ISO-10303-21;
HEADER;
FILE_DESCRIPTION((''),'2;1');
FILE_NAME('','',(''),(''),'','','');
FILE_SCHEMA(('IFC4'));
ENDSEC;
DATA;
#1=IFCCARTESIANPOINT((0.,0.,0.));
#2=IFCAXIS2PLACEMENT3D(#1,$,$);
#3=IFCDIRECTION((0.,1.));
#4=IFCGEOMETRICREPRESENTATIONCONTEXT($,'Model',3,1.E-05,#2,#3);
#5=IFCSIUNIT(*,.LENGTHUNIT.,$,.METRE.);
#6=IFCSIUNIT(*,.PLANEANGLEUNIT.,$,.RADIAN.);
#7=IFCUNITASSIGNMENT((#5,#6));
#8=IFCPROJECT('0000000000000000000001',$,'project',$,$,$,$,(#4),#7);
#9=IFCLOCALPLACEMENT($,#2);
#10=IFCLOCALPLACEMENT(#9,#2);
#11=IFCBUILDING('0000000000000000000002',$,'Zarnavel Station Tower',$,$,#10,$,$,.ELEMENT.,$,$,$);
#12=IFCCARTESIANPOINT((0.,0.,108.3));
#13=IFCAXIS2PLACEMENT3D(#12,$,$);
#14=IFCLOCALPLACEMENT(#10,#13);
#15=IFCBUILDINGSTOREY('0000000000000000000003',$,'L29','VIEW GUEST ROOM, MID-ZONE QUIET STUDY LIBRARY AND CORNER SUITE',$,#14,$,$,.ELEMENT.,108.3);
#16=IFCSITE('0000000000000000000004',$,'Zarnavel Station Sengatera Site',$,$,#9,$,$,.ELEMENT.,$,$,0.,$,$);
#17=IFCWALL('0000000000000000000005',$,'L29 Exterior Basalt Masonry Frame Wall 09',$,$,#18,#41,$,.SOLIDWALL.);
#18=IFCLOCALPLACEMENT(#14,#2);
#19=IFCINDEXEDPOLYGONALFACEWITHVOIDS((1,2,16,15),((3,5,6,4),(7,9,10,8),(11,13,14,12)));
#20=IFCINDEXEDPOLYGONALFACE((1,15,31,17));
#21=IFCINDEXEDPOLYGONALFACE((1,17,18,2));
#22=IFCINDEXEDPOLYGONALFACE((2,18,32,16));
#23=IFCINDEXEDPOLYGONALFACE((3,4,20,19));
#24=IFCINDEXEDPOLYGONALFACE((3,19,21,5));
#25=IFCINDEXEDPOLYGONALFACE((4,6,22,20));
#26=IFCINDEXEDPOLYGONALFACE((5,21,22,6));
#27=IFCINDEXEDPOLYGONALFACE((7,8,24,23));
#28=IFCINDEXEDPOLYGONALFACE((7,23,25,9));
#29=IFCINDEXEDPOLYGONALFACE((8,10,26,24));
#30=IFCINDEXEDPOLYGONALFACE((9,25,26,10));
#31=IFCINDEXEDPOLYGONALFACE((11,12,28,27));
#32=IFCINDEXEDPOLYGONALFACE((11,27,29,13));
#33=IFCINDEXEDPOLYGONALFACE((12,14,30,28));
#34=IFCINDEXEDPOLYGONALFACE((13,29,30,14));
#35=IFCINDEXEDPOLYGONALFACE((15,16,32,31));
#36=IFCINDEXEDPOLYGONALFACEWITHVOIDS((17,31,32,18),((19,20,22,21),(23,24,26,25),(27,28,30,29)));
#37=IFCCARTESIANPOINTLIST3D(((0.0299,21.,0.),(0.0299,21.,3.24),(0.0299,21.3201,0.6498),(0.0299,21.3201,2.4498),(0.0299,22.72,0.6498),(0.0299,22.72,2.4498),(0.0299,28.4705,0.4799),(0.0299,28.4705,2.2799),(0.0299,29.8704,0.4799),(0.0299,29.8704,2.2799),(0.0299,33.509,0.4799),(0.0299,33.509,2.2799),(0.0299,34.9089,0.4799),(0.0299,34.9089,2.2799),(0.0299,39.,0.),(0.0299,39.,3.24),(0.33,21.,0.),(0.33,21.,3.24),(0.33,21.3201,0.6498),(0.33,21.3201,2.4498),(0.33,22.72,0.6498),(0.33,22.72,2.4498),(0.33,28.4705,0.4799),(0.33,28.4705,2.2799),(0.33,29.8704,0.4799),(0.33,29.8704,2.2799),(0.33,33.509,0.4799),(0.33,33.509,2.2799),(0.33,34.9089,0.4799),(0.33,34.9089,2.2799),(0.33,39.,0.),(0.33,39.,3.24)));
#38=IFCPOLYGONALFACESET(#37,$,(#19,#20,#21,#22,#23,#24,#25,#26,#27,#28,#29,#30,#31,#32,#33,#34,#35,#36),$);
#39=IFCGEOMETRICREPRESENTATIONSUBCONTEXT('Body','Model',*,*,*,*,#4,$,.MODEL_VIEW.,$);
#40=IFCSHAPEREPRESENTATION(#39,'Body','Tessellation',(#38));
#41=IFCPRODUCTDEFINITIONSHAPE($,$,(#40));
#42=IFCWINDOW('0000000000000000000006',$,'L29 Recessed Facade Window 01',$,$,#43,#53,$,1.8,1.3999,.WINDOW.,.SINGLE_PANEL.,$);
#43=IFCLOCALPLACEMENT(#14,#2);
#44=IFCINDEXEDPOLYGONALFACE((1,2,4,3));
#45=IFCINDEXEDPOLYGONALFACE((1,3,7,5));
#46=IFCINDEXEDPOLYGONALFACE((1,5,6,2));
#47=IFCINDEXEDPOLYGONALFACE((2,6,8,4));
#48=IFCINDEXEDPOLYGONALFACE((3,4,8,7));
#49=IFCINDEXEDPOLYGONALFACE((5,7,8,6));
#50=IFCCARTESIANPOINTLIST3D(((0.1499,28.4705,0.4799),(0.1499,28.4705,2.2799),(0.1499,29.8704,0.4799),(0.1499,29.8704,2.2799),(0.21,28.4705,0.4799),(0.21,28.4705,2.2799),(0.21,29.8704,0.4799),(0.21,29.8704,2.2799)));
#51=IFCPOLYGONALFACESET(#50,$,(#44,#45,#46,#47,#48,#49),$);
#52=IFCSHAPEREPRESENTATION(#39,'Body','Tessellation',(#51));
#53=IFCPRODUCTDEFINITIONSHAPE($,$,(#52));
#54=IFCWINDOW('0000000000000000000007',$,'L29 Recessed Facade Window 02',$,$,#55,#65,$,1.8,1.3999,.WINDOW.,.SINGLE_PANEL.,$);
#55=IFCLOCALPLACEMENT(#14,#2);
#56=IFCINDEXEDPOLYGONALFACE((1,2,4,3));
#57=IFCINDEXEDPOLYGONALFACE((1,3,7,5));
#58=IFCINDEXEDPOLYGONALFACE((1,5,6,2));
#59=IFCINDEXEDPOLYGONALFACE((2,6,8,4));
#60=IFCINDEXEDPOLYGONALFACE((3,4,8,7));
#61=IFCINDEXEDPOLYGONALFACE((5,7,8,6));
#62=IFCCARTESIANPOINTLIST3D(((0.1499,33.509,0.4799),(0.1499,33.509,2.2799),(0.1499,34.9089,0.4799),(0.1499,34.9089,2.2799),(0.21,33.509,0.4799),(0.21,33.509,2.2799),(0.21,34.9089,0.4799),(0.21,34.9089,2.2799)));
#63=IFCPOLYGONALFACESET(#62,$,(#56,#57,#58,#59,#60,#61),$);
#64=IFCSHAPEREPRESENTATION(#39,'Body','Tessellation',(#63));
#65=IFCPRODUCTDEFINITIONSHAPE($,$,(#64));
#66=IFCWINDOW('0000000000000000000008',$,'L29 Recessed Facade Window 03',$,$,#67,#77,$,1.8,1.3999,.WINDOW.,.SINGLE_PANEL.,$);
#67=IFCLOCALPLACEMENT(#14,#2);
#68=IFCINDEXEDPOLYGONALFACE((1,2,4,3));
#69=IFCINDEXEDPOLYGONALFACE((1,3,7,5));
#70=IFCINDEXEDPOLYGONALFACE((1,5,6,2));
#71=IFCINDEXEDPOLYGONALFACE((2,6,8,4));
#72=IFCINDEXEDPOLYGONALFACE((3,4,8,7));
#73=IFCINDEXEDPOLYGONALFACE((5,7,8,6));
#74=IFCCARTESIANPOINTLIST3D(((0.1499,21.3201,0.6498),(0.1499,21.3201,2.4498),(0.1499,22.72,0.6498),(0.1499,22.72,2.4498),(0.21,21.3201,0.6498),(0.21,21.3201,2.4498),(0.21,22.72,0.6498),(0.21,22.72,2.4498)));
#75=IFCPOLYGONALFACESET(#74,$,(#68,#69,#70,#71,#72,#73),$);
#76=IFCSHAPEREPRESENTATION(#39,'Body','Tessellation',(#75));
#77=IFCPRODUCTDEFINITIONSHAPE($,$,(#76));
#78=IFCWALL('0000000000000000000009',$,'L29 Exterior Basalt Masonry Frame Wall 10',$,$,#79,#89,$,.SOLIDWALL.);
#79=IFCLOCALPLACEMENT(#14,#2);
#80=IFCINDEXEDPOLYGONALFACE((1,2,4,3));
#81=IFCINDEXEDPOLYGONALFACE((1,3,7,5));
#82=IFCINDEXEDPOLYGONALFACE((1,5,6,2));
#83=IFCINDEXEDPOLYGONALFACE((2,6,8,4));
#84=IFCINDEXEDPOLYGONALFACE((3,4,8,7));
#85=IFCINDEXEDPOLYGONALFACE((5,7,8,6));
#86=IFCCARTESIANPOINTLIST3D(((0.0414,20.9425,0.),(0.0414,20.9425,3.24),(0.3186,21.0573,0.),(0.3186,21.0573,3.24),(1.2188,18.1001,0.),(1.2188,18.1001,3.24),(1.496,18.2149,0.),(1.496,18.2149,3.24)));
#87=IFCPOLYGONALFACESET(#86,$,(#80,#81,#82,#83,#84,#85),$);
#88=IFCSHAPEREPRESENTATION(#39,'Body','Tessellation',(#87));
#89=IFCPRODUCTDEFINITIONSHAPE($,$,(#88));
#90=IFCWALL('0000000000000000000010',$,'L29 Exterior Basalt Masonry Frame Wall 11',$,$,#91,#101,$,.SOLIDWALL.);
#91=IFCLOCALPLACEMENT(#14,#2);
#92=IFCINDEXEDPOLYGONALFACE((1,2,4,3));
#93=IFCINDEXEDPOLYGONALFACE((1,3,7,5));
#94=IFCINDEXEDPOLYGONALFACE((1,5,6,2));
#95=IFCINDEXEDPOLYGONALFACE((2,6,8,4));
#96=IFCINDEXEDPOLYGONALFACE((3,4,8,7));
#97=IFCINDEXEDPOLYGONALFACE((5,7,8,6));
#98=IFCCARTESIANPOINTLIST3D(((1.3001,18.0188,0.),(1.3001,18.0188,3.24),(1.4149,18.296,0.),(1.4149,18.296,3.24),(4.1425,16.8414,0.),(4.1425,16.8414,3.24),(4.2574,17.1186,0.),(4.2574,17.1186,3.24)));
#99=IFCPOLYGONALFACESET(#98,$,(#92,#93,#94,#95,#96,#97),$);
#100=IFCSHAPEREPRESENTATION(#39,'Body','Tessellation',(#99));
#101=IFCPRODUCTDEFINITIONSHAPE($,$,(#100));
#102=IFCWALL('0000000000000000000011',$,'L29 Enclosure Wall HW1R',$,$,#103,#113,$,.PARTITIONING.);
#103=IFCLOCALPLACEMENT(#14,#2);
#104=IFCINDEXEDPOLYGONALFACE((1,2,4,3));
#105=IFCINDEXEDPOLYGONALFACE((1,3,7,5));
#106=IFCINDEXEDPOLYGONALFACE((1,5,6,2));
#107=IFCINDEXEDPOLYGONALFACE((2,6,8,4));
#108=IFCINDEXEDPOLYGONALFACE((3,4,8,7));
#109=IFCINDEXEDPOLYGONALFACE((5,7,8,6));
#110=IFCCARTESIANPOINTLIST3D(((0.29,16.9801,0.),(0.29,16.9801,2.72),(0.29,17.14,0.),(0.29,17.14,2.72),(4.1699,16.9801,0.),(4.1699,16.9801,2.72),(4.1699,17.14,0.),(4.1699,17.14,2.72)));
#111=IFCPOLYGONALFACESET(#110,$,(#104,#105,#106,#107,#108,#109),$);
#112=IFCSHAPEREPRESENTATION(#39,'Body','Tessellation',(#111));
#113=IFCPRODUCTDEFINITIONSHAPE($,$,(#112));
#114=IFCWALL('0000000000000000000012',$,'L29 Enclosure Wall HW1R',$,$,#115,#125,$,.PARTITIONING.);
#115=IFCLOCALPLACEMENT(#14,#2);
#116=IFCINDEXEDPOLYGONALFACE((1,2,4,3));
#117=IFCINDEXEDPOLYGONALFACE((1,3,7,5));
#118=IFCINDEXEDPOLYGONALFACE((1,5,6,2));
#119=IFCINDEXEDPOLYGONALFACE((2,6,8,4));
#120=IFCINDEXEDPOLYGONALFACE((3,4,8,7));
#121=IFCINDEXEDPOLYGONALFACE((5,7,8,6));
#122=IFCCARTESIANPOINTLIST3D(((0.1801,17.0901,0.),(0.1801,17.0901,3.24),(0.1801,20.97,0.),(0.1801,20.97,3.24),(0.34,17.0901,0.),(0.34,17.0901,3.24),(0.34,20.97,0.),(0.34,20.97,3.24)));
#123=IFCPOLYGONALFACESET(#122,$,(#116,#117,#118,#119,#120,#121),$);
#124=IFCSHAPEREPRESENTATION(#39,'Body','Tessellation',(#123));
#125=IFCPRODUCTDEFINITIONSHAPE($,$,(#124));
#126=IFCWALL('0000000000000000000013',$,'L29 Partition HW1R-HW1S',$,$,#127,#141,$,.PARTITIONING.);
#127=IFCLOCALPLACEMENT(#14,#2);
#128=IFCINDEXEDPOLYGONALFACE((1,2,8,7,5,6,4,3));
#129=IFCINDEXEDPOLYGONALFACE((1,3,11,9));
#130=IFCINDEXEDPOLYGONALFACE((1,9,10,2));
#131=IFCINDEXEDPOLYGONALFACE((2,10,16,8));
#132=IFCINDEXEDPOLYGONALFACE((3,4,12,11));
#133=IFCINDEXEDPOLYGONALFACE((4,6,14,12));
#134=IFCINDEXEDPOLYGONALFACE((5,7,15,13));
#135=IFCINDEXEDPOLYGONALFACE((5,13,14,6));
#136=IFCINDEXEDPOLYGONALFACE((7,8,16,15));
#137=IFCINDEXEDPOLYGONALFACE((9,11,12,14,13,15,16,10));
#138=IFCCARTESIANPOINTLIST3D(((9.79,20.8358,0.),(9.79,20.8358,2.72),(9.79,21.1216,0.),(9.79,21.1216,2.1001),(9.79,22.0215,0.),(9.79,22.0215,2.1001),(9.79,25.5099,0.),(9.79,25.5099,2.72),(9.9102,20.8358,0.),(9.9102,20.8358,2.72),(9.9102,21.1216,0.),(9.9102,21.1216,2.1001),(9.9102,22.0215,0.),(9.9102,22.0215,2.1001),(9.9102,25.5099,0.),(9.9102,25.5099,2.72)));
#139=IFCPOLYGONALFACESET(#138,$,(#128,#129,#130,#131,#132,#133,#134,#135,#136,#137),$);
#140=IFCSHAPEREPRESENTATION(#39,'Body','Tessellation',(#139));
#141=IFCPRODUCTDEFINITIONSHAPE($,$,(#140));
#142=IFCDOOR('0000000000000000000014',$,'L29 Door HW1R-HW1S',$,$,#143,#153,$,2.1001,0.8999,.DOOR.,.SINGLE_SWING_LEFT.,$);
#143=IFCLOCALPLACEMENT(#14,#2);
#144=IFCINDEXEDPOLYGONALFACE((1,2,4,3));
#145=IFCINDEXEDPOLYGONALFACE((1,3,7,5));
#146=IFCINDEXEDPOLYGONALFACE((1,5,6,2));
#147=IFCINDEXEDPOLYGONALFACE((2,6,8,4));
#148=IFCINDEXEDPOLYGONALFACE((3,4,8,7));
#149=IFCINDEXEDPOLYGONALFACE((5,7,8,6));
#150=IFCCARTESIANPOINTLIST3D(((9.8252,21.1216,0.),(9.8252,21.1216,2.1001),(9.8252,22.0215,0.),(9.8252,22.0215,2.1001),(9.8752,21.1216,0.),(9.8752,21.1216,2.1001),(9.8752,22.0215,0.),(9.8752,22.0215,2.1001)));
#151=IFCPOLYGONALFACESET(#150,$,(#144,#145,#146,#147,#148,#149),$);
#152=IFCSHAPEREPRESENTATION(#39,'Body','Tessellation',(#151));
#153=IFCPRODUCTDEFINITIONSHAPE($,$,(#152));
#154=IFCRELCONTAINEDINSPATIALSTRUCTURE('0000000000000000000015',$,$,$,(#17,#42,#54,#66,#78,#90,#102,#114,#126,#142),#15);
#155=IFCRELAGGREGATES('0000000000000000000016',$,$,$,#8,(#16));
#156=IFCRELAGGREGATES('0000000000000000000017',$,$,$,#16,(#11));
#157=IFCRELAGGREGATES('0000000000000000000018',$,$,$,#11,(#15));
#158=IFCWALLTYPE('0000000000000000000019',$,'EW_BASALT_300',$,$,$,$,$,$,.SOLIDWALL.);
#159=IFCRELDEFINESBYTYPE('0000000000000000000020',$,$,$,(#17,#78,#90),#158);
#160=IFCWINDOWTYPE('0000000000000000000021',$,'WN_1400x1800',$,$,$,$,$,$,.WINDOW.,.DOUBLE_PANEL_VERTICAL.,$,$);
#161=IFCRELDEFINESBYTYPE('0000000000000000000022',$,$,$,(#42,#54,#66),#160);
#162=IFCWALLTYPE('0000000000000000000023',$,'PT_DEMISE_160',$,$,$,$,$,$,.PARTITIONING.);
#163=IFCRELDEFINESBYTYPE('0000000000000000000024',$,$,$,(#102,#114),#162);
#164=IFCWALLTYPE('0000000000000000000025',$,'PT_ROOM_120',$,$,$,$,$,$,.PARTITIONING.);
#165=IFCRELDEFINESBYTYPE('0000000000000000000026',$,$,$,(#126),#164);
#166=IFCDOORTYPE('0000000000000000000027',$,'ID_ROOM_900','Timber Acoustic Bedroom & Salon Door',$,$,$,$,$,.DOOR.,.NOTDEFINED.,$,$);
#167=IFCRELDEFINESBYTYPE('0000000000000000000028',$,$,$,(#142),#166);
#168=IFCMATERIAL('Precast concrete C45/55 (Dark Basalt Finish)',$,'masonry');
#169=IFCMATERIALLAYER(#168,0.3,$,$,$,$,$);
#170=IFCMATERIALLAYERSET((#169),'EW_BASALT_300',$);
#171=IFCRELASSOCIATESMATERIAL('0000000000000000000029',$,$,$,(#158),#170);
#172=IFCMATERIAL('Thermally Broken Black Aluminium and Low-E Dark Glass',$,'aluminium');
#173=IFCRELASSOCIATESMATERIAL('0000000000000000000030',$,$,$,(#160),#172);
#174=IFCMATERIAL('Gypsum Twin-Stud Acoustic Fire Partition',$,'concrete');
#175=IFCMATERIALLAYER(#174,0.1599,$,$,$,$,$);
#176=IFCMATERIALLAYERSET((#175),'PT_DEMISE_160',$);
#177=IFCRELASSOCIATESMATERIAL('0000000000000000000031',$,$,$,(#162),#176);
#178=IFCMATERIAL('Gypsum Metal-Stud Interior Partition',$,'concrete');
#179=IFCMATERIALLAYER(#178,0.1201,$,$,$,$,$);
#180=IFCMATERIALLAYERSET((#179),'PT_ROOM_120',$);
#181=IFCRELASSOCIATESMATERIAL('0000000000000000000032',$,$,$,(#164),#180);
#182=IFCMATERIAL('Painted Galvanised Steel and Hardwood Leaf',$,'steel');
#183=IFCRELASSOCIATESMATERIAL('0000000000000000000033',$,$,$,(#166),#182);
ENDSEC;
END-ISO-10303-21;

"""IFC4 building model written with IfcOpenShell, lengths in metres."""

from ifc_helpers import new_model, si_unit, direction, frame, frame_2d, origin, place, context, subcontext, project, spatial, rectangle, extrude, material, layer, layer_set, type_object, element, fill, save


model = new_model("IFC4")

# Units and contexts
model_context = context("Model", 3, precision=1e-05, world=origin(), true_north=direction((0.0, 1.0)))
body_context = subcontext(model_context, "Body", "Model", "MODEL_VIEW")
ifc_project = project(units=[si_unit("LENGTHUNIT", "METRE"), si_unit("PLANEANGLEUNIT", "RADIAN")], contexts=[model_context])

# Site, building, storey
site_placement = place(None, origin())
site = spatial("IfcSite", under=ifc_project, at=site_placement, Name="Zarnavel Station Sengatera Site", CompositionType="ELEMENT", RefElevation=0.0)
building_placement = place(site_placement, origin())
building = spatial("IfcBuilding", under=site, at=building_placement, Name="Zarnavel Station Tower", CompositionType="ELEMENT")
storey_placement = place(building_placement, frame((0.0, 0.0, 108.3)))
storey = spatial("IfcBuildingStorey", under=building, at=storey_placement, Name="L29", Description="VIEW GUEST ROOM, MID-ZONE QUIET STUDY LIBRARY AND CORNER SUITE", CompositionType="ELEMENT", Elevation=108.3)

# Wall, openings, windows
ifc_material_1 = material(Name="Precast concrete C45/55 (Dark Basalt Finish)", Category="masonry")
ifc_layer_1 = layer(ifc_material_1, 0.3)
ifc_layer_set_1 = layer_set([ifc_layer_1], Name="EW_BASALT_300")
wall_type_1 = type_object("IfcWallType", Name="EW_BASALT_300", PredefinedType="SOLIDWALL", material=ifc_layer_set_1)
wall_1_placement = place(storey_placement, frame((0.1799, 21.0, 0.0), z_axis=(0.0, 0.0, 1.0), x_axis=(0.0, 1.0, 0.0)))
wall_1 = element("IfcWall", 1, at=wall_1_placement, inside=storey, type_object=wall_type_1, Name="L29 Exterior Basalt Masonry Frame Wall 09", PredefinedType="SOLIDWALL", context=body_context, shape_type="SweptSolid", body=[
    extrude(rectangle(XDim=18.0, YDim=0.3, at=frame_2d((9.0, 0.0))), origin(), (0.0, 0.0, 1.0), 3.24),
])
opening_1_placement = place(wall_1_placement, frame((7.4705, 0.0, 0.48)))
opening_1 = element("IfcOpeningElement", 2, at=opening_1_placement, cuts=wall_1, PredefinedType="OPENING", context=body_context, shape_type="SweptSolid", body=[
    extrude(rectangle(XDim=1.3999, YDim=1.8, at=frame_2d((0.7, 0.8999))), frame((0.0, 0.1599, 0.0), z_axis=(0.0, -1.0, 0.0), x_axis=(1.0, 0.0, 0.0)), (0.0, 0.0, 1.0), 0.3201),
])
opening_2_placement = place(wall_1_placement, frame((12.509, 0.0, 0.48)))
opening_2 = element("IfcOpeningElement", 3, at=opening_2_placement, cuts=wall_1, PredefinedType="OPENING", context=body_context, shape_type="SweptSolid", body=[
    extrude(rectangle(XDim=1.3999, YDim=1.8, at=frame_2d((0.7, 0.8999))), frame((0.0, 0.1599, 0.0), z_axis=(0.0, -1.0, 0.0), x_axis=(1.0, 0.0, 0.0)), (0.0, 0.0, 1.0), 0.3201),
])
opening_3_placement = place(wall_1_placement, frame((0.3201, 0.0, 0.6499)))
opening_3 = element("IfcOpeningElement", 4, at=opening_3_placement, cuts=wall_1, PredefinedType="OPENING", context=body_context, shape_type="SweptSolid", body=[
    extrude(rectangle(XDim=1.3999, YDim=1.8, at=frame_2d((0.7, 0.8999))), frame((0.0, 0.1599, 0.0), z_axis=(0.0, -1.0, 0.0), x_axis=(1.0, 0.0, 0.0)), (0.0, 0.0, 1.0), 0.3201),
])
ifc_material_2 = material(Name="Thermally Broken Black Aluminium and Low-E Dark Glass", Category="aluminium")
window_type = type_object("IfcWindowType", Name="WN_1400x1800", PartitioningType="DOUBLE_PANEL_VERTICAL", PredefinedType="WINDOW", material=ifc_material_2)
window_1_placement = place(opening_1_placement, origin())
window_1 = element("IfcWindow", 5, at=window_1_placement, inside=storey, type_object=window_type, Name="L29 Recessed Facade Window 01", OverallHeight=1.8, OverallWidth=1.3999, PartitioningType="SINGLE_PANEL", PredefinedType="WINDOW", context=body_context, shape_type="SweptSolid", body=[
    extrude(rectangle(XDim=1.3999, YDim=1.8, at=frame_2d((0.7, 0.8999))), frame((0.0, 0.03, 0.0), z_axis=(0.0, -1.0, 0.0), x_axis=(1.0, 0.0, 0.0)), (0.0, 0.0, 1.0), 0.0601),
])
fill(opening_1, window_1)
window_2_placement = place(opening_2_placement, origin())
window_2 = element("IfcWindow", 6, at=window_2_placement, inside=storey, type_object=window_type, Name="L29 Recessed Facade Window 02", OverallHeight=1.8, OverallWidth=1.3999, PartitioningType="SINGLE_PANEL", PredefinedType="WINDOW", context=body_context, shape_type="SweptSolid", body=[
    extrude(rectangle(XDim=1.3999, YDim=1.8, at=frame_2d((0.7, 0.8999))), frame((0.0, 0.03, 0.0), z_axis=(0.0, -1.0, 0.0), x_axis=(1.0, 0.0, 0.0)), (0.0, 0.0, 1.0), 0.0601),
])
fill(opening_2, window_2)
window_3_placement = place(opening_3_placement, origin())
window_3 = element("IfcWindow", 7, at=window_3_placement, inside=storey, type_object=window_type, Name="L29 Recessed Facade Window 03", OverallHeight=1.8, OverallWidth=1.3999, PartitioningType="SINGLE_PANEL", PredefinedType="WINDOW", context=body_context, shape_type="SweptSolid", body=[
    extrude(rectangle(XDim=1.3999, YDim=1.8, at=frame_2d((0.7, 0.8999))), frame((0.0, 0.03, 0.0), z_axis=(0.0, -1.0, 0.0), x_axis=(1.0, 0.0, 0.0)), (0.0, 0.0, 1.0), 0.0601),
])
fill(opening_3, window_3)

# Walls
for number, where, z_axis, x_axis, name in (
    (8, (1.3574, 18.1575, 0.0), (0.0, 0.0, 1.0), (-0.382705, 0.923871, 0.0), "L29 Exterior Basalt Masonry Frame Wall 10"),
    (9, (4.2, 16.98, 0.0), (0.0, 0.0, 1.0), (-0.923871, 0.382705, 0.0), "L29 Exterior Basalt Masonry Frame Wall 11"),
):
    element("IfcWall", number, at=place(storey_placement, frame(where, z_axis=z_axis, x_axis=x_axis)), inside=storey, type_object=wall_type_1, Name=name, PredefinedType="SOLIDWALL", context=body_context, shape_type="SweptSolid", body=[
        extrude(rectangle(XDim=3.0767, YDim=0.3, at=frame_2d((1.5383, 0.0))), origin(), (0.0, 0.0, 1.0), 3.24),
    ])
ifc_material_3 = material(Name="Gypsum Twin-Stud Acoustic Fire Partition", Category="concrete")
ifc_layer_2 = layer(ifc_material_3, 0.1599)
ifc_layer_set_2 = layer_set([ifc_layer_2], Name="PT_DEMISE_160")
wall_type_2 = type_object("IfcWallType", Name="PT_DEMISE_160", PredefinedType="PARTITIONING", material=ifc_layer_set_2)
wall_2_placement = place(storey_placement, frame((0.29, 17.0601, 0.0), z_axis=(0.0, 0.0, 1.0), x_axis=(1.0, 0.0, 0.0)))
element("IfcWall", 10, at=wall_2_placement, inside=storey, type_object=wall_type_2, Name="L29 Enclosure Wall HW1R", PredefinedType="PARTITIONING", context=body_context, shape_type="SweptSolid", body=[
    extrude(rectangle(XDim=3.8799, YDim=0.1599, at=frame_2d((1.9399, 0.0))), origin(), (0.0, 0.0, 1.0), 2.72),
])
wall_3_placement = place(storey_placement, frame((0.26, 17.0901, 0.0), z_axis=(0.0, 0.0, 1.0), x_axis=(0.0, 1.0, 0.0)))
element("IfcWall", 11, at=wall_3_placement, inside=storey, type_object=wall_type_2, Name="L29 Enclosure Wall HW1R", PredefinedType="PARTITIONING", context=body_context, shape_type="SweptSolid", body=[
    extrude(rectangle(XDim=3.8799, YDim=0.1599, at=frame_2d((1.9399, 0.0))), origin(), (0.0, 0.0, 1.0), 3.24),
])

# Wall, opening, door
ifc_material_4 = material(Name="Gypsum Metal-Stud Interior Partition", Category="concrete")
ifc_layer_3 = layer(ifc_material_4, 0.1201)
ifc_layer_set_3 = layer_set([ifc_layer_3], Name="PT_ROOM_120")
wall_type_3 = type_object("IfcWallType", Name="PT_ROOM_120", PredefinedType="PARTITIONING", material=ifc_layer_set_3)
wall_4_placement = place(storey_placement, frame((9.8501, 20.8359, 0.0), z_axis=(0.0, 0.0, 1.0), x_axis=(0.0, 1.0, 0.0)))
wall_4 = element("IfcWall", 12, at=wall_4_placement, inside=storey, type_object=wall_type_3, Name="L29 Partition HW1R-HW1S", PredefinedType="PARTITIONING", context=body_context, shape_type="SweptSolid", body=[
    extrude(rectangle(XDim=4.6741, YDim=0.1201, at=frame_2d((2.3369, 0.0))), origin(), (0.0, 0.0, 1.0), 2.72),
])
opening_4_placement = place(wall_4_placement, frame((0.2856, 0.0, 0.0)))
opening_4 = element("IfcOpeningElement", 13, at=opening_4_placement, cuts=wall_4, PredefinedType="OPENING", context=body_context, shape_type="SweptSolid", body=[
    extrude(rectangle(XDim=0.8999, YDim=2.1001, at=frame_2d((0.45, 1.05))), frame((0.0, 0.0701, 0.0), z_axis=(0.0, -1.0, 0.0), x_axis=(1.0, 0.0, 0.0)), (0.0, 0.0, 1.0), 0.1401),
])
ifc_material_5 = material(Name="Painted Galvanised Steel and Hardwood Leaf", Category="steel")
door_type_1 = type_object("IfcDoorType", Name="ID_ROOM_900", Description="Timber Acoustic Bedroom & Salon Door", OperationType="NOTDEFINED", PredefinedType="DOOR", material=ifc_material_5)
door_1_placement = place(opening_4_placement, origin())
door_1 = element("IfcDoor", 14, at=door_1_placement, inside=storey, type_object=door_type_1, Name="L29 Door HW1R-HW1S", OperationType="SINGLE_SWING_LEFT", OverallHeight=2.1001, OverallWidth=0.8999, PredefinedType="DOOR", context=body_context, shape_type="SweptSolid", body=[
    extrude(rectangle(XDim=0.8999, YDim=2.1001, at=frame_2d((0.45, 1.05))), frame((0.0, 0.0249, 0.0), z_axis=(0.0, -1.0, 0.0), x_axis=(1.0, 0.0, 0.0)), (0.0, 0.0, 1.0), 0.05),
])
fill(opening_4, door_1)

save(model, "model.ifc")
